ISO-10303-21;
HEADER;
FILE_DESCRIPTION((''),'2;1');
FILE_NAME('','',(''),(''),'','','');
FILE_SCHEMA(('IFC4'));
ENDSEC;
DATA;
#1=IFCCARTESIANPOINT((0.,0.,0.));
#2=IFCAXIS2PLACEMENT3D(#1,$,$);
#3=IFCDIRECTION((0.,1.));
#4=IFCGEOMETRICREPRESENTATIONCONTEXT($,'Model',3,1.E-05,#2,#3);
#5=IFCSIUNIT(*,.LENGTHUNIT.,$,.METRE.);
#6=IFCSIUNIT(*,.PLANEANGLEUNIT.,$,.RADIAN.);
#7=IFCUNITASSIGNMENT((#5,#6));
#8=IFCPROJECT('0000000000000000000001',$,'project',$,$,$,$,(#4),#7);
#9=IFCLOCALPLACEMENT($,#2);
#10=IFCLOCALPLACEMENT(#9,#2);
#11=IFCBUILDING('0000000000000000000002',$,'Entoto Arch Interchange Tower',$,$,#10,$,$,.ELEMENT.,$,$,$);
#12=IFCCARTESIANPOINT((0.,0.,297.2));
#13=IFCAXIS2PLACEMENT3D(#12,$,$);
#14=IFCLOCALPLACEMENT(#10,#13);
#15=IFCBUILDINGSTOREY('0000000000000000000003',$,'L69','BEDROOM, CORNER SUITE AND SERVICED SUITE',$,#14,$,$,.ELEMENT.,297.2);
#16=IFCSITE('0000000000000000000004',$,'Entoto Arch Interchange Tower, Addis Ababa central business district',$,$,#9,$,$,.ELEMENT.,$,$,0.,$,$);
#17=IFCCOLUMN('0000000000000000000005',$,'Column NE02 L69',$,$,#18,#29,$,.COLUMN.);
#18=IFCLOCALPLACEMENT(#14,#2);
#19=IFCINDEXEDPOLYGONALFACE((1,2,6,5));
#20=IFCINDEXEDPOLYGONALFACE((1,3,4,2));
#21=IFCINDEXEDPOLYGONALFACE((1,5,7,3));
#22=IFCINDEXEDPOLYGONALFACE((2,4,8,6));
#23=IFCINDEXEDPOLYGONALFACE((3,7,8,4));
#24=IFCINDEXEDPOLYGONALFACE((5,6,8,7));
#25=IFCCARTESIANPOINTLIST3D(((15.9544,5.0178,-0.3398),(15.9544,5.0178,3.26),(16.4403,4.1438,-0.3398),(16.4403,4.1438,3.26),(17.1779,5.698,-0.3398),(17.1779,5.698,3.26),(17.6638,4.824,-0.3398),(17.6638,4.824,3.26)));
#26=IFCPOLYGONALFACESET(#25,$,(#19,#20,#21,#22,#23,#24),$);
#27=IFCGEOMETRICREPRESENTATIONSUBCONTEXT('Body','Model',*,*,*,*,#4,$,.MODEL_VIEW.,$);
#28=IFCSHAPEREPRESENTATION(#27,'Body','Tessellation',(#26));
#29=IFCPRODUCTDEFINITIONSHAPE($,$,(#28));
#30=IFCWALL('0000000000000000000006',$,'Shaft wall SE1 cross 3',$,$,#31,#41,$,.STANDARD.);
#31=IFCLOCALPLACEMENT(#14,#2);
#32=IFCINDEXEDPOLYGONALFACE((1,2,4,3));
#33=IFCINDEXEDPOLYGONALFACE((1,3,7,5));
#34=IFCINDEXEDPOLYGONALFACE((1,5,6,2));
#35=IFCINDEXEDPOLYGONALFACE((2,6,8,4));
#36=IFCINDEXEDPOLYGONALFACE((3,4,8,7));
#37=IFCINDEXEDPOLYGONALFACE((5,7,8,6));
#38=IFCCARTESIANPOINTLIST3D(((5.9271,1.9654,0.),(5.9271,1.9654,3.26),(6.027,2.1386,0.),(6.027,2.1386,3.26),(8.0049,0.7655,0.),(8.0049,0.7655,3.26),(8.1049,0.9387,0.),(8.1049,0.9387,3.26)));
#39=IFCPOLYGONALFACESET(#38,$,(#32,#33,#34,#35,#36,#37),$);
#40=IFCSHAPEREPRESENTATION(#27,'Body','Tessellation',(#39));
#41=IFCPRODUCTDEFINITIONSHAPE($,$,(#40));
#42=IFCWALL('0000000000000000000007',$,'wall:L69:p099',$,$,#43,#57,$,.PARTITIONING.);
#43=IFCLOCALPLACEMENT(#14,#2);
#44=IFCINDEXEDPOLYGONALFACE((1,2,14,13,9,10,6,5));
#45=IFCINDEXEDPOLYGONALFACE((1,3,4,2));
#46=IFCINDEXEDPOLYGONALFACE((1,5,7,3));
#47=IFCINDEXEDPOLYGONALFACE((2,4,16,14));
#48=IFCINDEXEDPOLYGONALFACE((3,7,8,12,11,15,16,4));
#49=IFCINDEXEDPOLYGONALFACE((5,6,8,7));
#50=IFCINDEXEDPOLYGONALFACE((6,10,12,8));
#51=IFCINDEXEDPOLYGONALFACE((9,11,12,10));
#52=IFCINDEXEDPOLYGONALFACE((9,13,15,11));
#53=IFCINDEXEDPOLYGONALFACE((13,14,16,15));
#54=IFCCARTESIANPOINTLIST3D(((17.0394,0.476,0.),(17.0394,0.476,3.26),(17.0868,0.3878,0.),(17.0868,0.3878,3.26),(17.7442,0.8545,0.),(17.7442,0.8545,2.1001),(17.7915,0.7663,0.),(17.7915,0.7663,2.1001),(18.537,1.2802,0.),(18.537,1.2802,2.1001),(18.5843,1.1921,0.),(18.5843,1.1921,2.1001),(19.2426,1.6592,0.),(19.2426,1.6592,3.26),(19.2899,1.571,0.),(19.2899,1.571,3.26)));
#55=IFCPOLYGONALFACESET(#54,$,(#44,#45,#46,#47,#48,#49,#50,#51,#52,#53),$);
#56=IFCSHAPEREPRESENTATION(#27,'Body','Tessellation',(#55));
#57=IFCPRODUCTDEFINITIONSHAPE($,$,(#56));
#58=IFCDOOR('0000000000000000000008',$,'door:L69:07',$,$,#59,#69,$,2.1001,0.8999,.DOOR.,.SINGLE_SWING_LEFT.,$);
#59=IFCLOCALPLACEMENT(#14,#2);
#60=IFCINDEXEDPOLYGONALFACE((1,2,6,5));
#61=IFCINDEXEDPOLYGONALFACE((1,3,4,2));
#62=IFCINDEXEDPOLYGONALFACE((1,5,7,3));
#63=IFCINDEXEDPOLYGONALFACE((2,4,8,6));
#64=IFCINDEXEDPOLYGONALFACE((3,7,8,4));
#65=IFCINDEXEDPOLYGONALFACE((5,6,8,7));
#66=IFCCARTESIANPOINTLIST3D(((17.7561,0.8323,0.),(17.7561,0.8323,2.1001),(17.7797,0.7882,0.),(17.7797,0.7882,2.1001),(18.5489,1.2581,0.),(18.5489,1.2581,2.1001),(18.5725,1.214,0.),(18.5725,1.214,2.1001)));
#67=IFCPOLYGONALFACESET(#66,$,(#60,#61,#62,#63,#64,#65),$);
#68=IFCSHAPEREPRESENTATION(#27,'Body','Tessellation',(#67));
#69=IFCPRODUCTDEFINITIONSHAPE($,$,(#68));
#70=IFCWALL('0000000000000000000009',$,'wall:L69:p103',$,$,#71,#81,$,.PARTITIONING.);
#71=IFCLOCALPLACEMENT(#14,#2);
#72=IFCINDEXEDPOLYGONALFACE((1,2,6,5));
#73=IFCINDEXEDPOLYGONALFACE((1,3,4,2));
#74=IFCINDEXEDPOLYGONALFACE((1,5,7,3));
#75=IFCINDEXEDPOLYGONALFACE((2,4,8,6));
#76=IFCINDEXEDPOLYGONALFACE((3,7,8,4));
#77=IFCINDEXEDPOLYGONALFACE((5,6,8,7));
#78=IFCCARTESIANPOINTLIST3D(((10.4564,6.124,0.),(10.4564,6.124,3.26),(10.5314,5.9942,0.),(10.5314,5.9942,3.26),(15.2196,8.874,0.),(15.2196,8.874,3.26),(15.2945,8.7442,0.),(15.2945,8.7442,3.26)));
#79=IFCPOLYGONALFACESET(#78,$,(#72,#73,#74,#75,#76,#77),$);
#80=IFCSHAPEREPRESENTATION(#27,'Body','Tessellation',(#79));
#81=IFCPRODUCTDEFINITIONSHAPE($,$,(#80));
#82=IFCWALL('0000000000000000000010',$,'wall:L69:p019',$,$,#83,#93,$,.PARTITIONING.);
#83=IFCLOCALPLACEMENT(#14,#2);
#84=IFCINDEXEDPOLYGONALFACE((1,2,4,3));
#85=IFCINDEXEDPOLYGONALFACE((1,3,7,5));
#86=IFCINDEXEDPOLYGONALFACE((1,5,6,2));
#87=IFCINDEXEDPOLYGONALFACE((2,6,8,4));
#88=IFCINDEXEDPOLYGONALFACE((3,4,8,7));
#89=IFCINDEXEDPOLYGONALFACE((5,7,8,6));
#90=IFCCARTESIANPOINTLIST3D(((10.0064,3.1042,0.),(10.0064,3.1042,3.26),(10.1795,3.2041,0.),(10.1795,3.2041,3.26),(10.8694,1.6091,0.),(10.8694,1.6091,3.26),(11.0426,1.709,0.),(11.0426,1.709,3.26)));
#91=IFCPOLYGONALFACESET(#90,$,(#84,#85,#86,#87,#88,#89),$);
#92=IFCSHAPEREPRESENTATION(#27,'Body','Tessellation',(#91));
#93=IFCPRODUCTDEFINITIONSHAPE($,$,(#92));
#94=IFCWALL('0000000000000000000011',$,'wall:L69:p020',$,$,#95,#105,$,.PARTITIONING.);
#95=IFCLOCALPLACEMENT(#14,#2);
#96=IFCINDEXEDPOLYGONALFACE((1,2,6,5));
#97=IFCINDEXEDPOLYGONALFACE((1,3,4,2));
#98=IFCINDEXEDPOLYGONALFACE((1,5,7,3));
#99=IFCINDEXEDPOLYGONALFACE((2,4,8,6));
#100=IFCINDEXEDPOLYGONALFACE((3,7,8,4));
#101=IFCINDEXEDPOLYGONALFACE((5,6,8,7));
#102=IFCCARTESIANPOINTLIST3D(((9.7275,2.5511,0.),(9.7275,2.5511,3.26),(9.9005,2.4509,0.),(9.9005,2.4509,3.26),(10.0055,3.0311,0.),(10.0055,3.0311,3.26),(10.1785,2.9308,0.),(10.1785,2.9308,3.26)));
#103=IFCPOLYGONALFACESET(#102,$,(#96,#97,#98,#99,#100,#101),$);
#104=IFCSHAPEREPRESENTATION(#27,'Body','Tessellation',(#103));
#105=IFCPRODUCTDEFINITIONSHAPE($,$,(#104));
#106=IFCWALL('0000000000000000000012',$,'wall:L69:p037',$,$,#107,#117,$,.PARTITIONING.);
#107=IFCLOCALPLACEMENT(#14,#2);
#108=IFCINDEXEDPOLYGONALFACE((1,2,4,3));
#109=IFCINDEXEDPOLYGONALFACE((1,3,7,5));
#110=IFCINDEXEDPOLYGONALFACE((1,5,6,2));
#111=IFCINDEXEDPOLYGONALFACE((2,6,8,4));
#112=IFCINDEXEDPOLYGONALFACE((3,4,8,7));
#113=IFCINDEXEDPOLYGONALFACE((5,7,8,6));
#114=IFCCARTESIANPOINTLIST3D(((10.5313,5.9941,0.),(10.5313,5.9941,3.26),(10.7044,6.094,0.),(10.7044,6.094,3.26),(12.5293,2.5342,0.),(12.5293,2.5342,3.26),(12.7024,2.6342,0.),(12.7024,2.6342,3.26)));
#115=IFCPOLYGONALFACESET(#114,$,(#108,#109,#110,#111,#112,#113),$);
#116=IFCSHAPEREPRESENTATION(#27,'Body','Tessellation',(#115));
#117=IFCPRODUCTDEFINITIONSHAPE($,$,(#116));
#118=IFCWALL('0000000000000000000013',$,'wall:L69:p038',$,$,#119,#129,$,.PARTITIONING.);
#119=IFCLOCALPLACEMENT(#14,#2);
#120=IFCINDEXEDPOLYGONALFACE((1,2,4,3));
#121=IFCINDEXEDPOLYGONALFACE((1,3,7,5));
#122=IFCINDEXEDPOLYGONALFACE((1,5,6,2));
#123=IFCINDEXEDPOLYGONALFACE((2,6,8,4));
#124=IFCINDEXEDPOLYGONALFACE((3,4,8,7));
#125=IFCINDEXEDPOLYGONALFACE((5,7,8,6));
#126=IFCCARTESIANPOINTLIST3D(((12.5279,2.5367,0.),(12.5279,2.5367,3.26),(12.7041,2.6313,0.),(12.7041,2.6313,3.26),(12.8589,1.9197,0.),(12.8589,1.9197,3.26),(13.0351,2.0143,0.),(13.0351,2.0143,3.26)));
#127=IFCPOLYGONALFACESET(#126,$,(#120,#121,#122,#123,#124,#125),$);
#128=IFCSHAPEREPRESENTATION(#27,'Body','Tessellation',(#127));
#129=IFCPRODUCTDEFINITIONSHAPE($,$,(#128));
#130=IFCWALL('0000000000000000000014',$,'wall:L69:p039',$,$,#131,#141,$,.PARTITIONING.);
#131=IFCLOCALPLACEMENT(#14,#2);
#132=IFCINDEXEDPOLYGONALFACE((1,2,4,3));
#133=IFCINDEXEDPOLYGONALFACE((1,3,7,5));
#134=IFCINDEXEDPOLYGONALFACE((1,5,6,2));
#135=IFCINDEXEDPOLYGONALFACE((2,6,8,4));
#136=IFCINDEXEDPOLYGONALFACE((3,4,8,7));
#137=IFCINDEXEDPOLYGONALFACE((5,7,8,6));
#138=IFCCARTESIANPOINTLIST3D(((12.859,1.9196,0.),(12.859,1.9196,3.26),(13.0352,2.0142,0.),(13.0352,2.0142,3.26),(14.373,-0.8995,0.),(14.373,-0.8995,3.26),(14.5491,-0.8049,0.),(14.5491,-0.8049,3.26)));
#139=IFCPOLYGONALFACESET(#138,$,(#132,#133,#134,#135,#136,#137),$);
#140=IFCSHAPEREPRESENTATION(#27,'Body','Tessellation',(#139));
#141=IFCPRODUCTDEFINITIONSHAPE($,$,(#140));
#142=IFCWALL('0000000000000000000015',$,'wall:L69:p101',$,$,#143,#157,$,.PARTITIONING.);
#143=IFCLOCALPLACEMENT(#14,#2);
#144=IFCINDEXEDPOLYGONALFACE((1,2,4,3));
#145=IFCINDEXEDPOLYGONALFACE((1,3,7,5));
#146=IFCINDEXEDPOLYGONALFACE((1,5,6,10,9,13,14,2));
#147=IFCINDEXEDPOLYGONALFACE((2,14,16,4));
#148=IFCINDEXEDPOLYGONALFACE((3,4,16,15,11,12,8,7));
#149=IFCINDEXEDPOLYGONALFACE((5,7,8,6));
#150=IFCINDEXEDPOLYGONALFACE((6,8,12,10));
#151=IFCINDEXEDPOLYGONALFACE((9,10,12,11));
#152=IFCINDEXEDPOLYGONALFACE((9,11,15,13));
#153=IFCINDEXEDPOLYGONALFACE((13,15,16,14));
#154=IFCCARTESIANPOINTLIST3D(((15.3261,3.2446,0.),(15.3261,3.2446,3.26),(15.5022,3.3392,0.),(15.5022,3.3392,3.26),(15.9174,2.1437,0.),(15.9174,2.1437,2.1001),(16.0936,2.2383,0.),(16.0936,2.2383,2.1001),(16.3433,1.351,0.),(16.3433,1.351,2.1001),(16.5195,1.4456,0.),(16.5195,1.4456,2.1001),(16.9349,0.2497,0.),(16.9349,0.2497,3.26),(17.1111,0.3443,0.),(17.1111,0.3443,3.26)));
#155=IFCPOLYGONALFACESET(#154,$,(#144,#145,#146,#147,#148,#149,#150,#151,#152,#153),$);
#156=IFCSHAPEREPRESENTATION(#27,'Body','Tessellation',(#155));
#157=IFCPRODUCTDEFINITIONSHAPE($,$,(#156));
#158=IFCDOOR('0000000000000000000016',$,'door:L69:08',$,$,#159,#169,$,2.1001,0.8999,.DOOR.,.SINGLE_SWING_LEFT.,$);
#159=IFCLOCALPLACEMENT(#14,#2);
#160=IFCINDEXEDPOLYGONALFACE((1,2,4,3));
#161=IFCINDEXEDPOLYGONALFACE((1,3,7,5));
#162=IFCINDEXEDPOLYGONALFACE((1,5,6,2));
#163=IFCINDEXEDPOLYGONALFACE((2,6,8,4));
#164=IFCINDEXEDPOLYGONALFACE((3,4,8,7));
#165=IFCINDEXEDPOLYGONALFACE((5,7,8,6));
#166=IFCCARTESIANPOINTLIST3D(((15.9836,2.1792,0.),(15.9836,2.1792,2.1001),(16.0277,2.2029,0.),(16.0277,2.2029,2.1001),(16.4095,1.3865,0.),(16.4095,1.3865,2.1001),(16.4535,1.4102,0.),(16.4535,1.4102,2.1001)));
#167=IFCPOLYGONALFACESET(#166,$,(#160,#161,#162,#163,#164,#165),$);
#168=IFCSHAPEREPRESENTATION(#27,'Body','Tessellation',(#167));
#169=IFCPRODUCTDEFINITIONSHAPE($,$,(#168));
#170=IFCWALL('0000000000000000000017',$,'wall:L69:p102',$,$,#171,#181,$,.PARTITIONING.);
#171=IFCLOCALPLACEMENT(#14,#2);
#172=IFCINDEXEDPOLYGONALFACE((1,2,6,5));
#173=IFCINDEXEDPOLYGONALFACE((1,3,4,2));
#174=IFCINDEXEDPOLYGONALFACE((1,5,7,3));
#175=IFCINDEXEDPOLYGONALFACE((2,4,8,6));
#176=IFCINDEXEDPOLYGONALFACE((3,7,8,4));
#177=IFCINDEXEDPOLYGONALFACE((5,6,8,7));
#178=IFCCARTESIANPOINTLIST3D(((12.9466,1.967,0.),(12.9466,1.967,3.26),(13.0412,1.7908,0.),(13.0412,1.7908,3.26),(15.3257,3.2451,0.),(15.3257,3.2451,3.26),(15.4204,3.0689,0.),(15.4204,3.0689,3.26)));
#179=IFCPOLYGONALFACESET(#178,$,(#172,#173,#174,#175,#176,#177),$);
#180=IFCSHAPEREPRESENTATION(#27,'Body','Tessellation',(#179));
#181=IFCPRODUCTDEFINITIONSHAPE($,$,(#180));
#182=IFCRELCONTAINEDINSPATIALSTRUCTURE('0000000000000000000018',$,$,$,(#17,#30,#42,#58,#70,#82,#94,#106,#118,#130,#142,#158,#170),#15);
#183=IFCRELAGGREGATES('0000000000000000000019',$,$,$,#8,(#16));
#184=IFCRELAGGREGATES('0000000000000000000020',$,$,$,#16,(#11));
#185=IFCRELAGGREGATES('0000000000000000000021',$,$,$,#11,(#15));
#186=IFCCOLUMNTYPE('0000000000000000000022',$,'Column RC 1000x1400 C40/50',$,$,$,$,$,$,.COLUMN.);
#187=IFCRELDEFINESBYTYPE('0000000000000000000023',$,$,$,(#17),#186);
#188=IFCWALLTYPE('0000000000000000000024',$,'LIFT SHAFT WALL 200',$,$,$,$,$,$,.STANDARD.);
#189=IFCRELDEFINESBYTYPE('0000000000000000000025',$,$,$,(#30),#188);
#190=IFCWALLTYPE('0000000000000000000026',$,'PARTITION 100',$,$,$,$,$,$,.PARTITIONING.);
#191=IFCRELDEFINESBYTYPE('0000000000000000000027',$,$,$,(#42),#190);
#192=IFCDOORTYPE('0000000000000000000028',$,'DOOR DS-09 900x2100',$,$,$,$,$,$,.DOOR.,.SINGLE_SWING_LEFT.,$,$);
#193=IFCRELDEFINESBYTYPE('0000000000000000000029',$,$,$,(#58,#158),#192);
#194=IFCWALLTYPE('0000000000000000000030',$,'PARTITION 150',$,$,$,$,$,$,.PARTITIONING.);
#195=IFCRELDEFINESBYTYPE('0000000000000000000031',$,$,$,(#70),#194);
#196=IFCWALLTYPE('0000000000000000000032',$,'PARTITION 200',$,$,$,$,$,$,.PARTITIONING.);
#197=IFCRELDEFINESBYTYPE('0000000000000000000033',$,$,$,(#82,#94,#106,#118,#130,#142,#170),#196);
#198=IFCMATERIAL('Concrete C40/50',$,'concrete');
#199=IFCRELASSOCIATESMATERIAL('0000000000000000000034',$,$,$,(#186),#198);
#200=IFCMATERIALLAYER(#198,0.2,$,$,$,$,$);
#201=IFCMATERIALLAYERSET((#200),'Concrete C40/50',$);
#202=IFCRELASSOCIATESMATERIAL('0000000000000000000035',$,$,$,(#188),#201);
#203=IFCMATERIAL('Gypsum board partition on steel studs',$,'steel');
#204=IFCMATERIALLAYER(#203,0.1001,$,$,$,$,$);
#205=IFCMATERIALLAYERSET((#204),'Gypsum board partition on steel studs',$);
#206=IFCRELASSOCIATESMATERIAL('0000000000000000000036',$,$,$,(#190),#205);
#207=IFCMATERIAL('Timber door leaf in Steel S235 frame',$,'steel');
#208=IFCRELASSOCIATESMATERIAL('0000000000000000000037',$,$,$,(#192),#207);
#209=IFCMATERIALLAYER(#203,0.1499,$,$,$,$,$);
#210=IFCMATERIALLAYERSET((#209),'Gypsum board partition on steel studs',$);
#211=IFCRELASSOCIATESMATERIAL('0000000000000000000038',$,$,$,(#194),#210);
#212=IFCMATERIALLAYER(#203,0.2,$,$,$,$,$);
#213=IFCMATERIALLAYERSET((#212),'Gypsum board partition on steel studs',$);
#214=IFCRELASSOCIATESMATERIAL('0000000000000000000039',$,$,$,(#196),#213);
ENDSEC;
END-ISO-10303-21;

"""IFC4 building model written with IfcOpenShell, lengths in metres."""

from ifc_helpers import new_model, si_unit, direction, frame, frame_2d, origin, origin_2d, place, context, subcontext, project, spatial, rectangle, extrude, material, layer, layer_set, material_profile, profile_set, type_object, element, fill, save


model = new_model("IFC4")

# Units and contexts
model_context = context("Model", 3, precision=1e-05, world=origin(), true_north=direction((0.0, 1.0)))
body_context = subcontext(model_context, "Body", "Model", "MODEL_VIEW")
ifc_project = project(units=[si_unit("LENGTHUNIT", "METRE"), si_unit("PLANEANGLEUNIT", "RADIAN")], contexts=[model_context])

# Site, building, storey
site_placement = place(None, origin())
site = spatial("IfcSite", under=ifc_project, at=site_placement, Name="Entoto Arch Interchange Tower, Addis Ababa central business district", CompositionType="ELEMENT", RefElevation=0.0)
building_placement = place(site_placement, origin())
building = spatial("IfcBuilding", under=site, at=building_placement, Name="Entoto Arch Interchange Tower", CompositionType="ELEMENT")
storey_placement = place(building_placement, frame((0.0, 0.0, 297.2)))
storey = spatial("IfcBuildingStorey", under=building, at=storey_placement, Name="L69", Description="BEDROOM, CORNER SUITE AND SERVICED SUITE", CompositionType="ELEMENT", Elevation=297.2)

# Column
ifc_material_1 = material(Name="Concrete C40/50", Category="concrete")
ifc_material_profile = material_profile(ifc_material_1, rectangle(XDim=1.0, YDim=1.3999, at=origin_2d()))
ifc_profile_set = profile_set([ifc_material_profile], Name="Concrete C40/50")
column_type = type_object("IfcColumnType", Name="Column RC 1000x1400 C40/50", PredefinedType="COLUMN", material=ifc_profile_set)
column_placement = place(storey_placement, frame((16.8091, 4.9209, -0.3398), z_axis=(0.0, 0.0, 1.0), x_axis=(-0.485924, 0.874001, 0.0)))
element("IfcColumn", 1, at=column_placement, inside=storey, type_object=column_type, Name="Column NE02 L69", PredefinedType="COLUMN", context=body_context, shape_type="SweptSolid", body=[
    extrude(rectangle(XDim=1.0, YDim=1.3999, at=origin_2d()), origin(), (0.0, 0.0, 1.0), 3.5999),
])

# Wall
ifc_layer_1 = layer(ifc_material_1, 0.2)
ifc_layer_set_1 = layer_set([ifc_layer_1], Name="Concrete C40/50")
wall_type_1 = type_object("IfcWallType", Name="LIFT SHAFT WALL 200", PredefinedType="STANDARD", material=ifc_layer_set_1)
wall_1_placement = place(storey_placement, frame((5.9771, 2.052, 0.0), z_axis=(0.0, 0.0, 1.0), x_axis=(0.865974, -0.500089, 0.0)))
element("IfcWall", 2, at=wall_1_placement, inside=storey, type_object=wall_type_1, Name="Shaft wall SE1 cross 3", PredefinedType="STANDARD", context=body_context, shape_type="SweptSolid", body=[
    extrude(rectangle(XDim=2.3994, YDim=0.2, at=frame_2d((1.1997, 0.0))), origin(), (0.0, 0.0, 1.0), 3.26),
])

# Wall, opening, door
ifc_material_2 = material(Name="Gypsum board partition on steel studs", Category="steel")
ifc_layer_2 = layer(ifc_material_2, 0.1001)
ifc_layer_set_2 = layer_set([ifc_layer_2], Name="Gypsum board partition on steel studs")
wall_type_2 = type_object("IfcWallType", Name="PARTITION 100", PredefinedType="PARTITIONING", material=ifc_layer_set_2)
wall_2_placement = place(storey_placement, frame((17.063, 0.4319, 0.0), z_axis=(0.0, 0.0, 1.0), x_axis=(0.881003, 0.47311, 0.0)))
wall_2 = element("IfcWall", 3, at=wall_2_placement, inside=storey, type_object=wall_type_2, Name="wall:L69:p099", PredefinedType="PARTITIONING", context=body_context, shape_type="SweptSolid", body=[
    extrude(rectangle(XDim=2.5007, YDim=0.1001, at=frame_2d((1.2505, 0.0))), origin(), (0.0, 0.0, 1.0), 3.26),
])
opening_1_placement = place(wall_2_placement, frame((0.8, 0.0, 0.0)))
opening_1 = element("IfcOpeningElement", 4, at=opening_1_placement, cuts=wall_2, PredefinedType="OPENING", context=body_context, shape_type="SweptSolid", body=[
    extrude(rectangle(XDim=0.8999, YDim=2.1001, at=frame_2d((0.45, 1.05))), frame((0.0, 0.0601, 0.0), z_axis=(0.0, -1.0, 0.0), x_axis=(1.0, 0.0, 0.0)), (0.0, 0.0, 1.0), 0.1201),
])
ifc_material_3 = material(Name="Timber door leaf in Steel S235 frame", Category="steel")
door_type_1 = type_object("IfcDoorType", Name="DOOR DS-09 900x2100", OperationType="SINGLE_SWING_LEFT", PredefinedType="DOOR", material=ifc_material_3)
door_1_placement = place(opening_1_placement, origin())
door_1 = element("IfcDoor", 5, at=door_1_placement, inside=storey, type_object=door_type_1, Name="door:L69:07", OperationType="SINGLE_SWING_LEFT", OverallHeight=2.1001, OverallWidth=0.8999, PredefinedType="DOOR", context=body_context, shape_type="SweptSolid", body=[
    extrude(rectangle(XDim=0.8999, YDim=2.1001, at=frame_2d((0.45, 1.05))), frame((0.0, 0.0249, 0.0), z_axis=(0.0, -1.0, 0.0), x_axis=(1.0, 0.0, 0.0)), (0.0, 0.0, 1.0), 0.05),
])
fill(opening_1, door_1)

# Walls
ifc_layer_3 = layer(ifc_material_2, 0.1499)
ifc_layer_set_3 = layer_set([ifc_layer_3], Name="Gypsum board partition on steel studs")
wall_type_3 = type_object("IfcWallType", Name="PARTITION 150", PredefinedType="PARTITIONING", material=ifc_layer_set_3)
wall_3_placement = place(storey_placement, frame((10.4939, 6.0591, 0.0), z_axis=(0.0, 0.0, 1.0), x_axis=(0.866027, 0.499997, 0.0)))
element("IfcWall", 6, at=wall_3_placement, inside=storey, type_object=wall_type_3, Name="wall:L69:p103", PredefinedType="PARTITIONING", context=body_context, shape_type="SweptSolid", body=[
    extrude(rectangle(XDim=5.5, YDim=0.1499, at=frame_2d((2.75, 0.0))), origin(), (0.0, 0.0, 1.0), 3.26),
])
ifc_layer_4 = layer(ifc_material_2, 0.2)
ifc_layer_set_4 = layer_set([ifc_layer_4], Name="Gypsum board partition on steel studs")
wall_type_4 = type_object("IfcWallType", Name="PARTITION 200", PredefinedType="PARTITIONING", material=ifc_layer_set_4)
wall_4_placement = place(storey_placement, frame((10.9561, 1.6589, 0.0), z_axis=(0.0, 0.0, 1.0), x_axis=(-0.499926, 0.866068, 0.0)))
element("IfcWall", 7, at=wall_4_placement, inside=storey, type_object=wall_type_4, Name="wall:L69:p019", PredefinedType="PARTITIONING", context=body_context, shape_type="SweptSolid", body=[
    extrude(rectangle(XDim=1.7263, YDim=0.2, at=frame_2d((0.8633, 0.0))), origin(), (0.0, 0.0, 1.0), 3.26),
])
wall_5_placement = place(storey_placement, frame((10.092, 2.981, 0.0), z_axis=(0.0, 0.0, 1.0), x_axis=(-0.501296, -0.865276, 0.0)))
element("IfcWall", 8, at=wall_5_placement, inside=storey, type_object=wall_type_4, Name="wall:L69:p020", PredefinedType="PARTITIONING", context=body_context, shape_type="SweptSolid", body=[
    extrude(rectangle(XDim=0.5547, YDim=0.2, at=frame_2d((0.2773, 0.0))), origin(), (0.0, 0.0, 1.0), 3.26),
])
wall_6_placement = place(storey_placement, frame((10.6179, 6.0439, 0.0), z_axis=(0.0, 0.0, 1.0), x_axis=(0.500082, -0.865978, 0.0)))
element("IfcWall", 9, at=wall_6_placement, inside=storey, type_object=wall_type_4, Name="wall:L69:p037", PredefinedType="PARTITIONING", context=body_context, shape_type="SweptSolid", body=[
    extrude(rectangle(XDim=3.9954, YDim=0.2, at=frame_2d((1.9976, 0.0))), origin(), (0.0, 0.0, 1.0), 3.26),
])
wall_7_placement = place(storey_placement, frame((12.616, 2.584, 0.0), z_axis=(0.0, 0.0, 1.0), x_axis=(0.472831, -0.881153, 0.0)))
element("IfcWall", 10, at=wall_7_placement, inside=storey, type_object=wall_type_4, Name="wall:L69:p038", PredefinedType="PARTITIONING", context=body_context, shape_type="SweptSolid", body=[
    extrude(rectangle(XDim=0.7002, YDim=0.2, at=frame_2d((0.3501, 0.0))), origin(), (0.0, 0.0, 1.0), 3.26),
])
wall_8_placement = place(storey_placement, frame((12.947, 1.967, 0.0), z_axis=(0.0, 0.0, 1.0), x_axis=(0.473117, -0.881, 0.0)))
element("IfcWall", 11, at=wall_8_placement, inside=storey, type_object=wall_type_4, Name="wall:L69:p039", PredefinedType="PARTITIONING", context=body_context, shape_type="SweptSolid", body=[
    extrude(rectangle(XDim=3.2, YDim=0.2, at=frame_2d((1.6001, 0.0))), origin(), (0.0, 0.0, 1.0), 3.26),
])

# Wall, opening, door
wall_9_placement = place(storey_placement, frame((17.0229, 0.2971, 0.0), z_axis=(0.0, 0.0, 1.0), x_axis=(-0.473247, 0.88093, 0.0)))
wall_9 = element("IfcWall", 12, at=wall_9_placement, inside=storey, type_object=wall_type_4, Name="wall:L69:p101", PredefinedType="PARTITIONING", context=body_context, shape_type="SweptSolid", body=[
    extrude(rectangle(XDim=3.3997, YDim=0.2, at=frame_2d((1.6997, 0.0))), origin(), (0.0, 0.0, 1.0), 3.26),
])
opening_2_placement = place(wall_9_placement, frame((1.25, 0.0, 0.0)))
opening_2 = element("IfcOpeningElement", 13, at=opening_2_placement, cuts=wall_9, PredefinedType="OPENING", context=body_context, shape_type="SweptSolid", body=[
    extrude(rectangle(XDim=0.8999, YDim=2.1001, at=frame_2d((0.45, 1.05))), frame((0.0, 0.1099, 0.0), z_axis=(0.0, -1.0, 0.0), x_axis=(1.0, 0.0, 0.0)), (0.0, 0.0, 1.0), 0.22),
])
door_2_placement = place(opening_2_placement, origin())
door_2 = element("IfcDoor", 14, at=door_2_placement, inside=storey, type_object=door_type_1, Name="door:L69:08", OperationType="SINGLE_SWING_LEFT", OverallHeight=2.1001, OverallWidth=0.8999, PredefinedType="DOOR", context=body_context, shape_type="SweptSolid", body=[
    extrude(rectangle(XDim=0.8999, YDim=2.1001, at=frame_2d((0.45, 1.05))), frame((0.0, 0.0249, 0.0), z_axis=(0.0, -1.0, 0.0), x_axis=(1.0, 0.0, 0.0)), (0.0, 0.0, 1.0), 0.05),
])
fill(opening_2, door_2)

# Wall
wall_10_placement = place(storey_placement, frame((15.373, 3.157, 0.0), z_axis=(0.0, 0.0, 1.0), x_axis=(-0.880935, -0.473237, 0.0)))
element("IfcWall", 15, at=wall_10_placement, inside=storey, type_object=wall_type_4, Name="wall:L69:p102", PredefinedType="PARTITIONING", context=body_context, shape_type="SweptSolid", body=[
    extrude(rectangle(XDim=2.7007, YDim=0.2, at=frame_2d((1.3503, 0.0))), origin(), (0.0, 0.0, 1.0), 3.26),
])

save(model, "model.ifc")
